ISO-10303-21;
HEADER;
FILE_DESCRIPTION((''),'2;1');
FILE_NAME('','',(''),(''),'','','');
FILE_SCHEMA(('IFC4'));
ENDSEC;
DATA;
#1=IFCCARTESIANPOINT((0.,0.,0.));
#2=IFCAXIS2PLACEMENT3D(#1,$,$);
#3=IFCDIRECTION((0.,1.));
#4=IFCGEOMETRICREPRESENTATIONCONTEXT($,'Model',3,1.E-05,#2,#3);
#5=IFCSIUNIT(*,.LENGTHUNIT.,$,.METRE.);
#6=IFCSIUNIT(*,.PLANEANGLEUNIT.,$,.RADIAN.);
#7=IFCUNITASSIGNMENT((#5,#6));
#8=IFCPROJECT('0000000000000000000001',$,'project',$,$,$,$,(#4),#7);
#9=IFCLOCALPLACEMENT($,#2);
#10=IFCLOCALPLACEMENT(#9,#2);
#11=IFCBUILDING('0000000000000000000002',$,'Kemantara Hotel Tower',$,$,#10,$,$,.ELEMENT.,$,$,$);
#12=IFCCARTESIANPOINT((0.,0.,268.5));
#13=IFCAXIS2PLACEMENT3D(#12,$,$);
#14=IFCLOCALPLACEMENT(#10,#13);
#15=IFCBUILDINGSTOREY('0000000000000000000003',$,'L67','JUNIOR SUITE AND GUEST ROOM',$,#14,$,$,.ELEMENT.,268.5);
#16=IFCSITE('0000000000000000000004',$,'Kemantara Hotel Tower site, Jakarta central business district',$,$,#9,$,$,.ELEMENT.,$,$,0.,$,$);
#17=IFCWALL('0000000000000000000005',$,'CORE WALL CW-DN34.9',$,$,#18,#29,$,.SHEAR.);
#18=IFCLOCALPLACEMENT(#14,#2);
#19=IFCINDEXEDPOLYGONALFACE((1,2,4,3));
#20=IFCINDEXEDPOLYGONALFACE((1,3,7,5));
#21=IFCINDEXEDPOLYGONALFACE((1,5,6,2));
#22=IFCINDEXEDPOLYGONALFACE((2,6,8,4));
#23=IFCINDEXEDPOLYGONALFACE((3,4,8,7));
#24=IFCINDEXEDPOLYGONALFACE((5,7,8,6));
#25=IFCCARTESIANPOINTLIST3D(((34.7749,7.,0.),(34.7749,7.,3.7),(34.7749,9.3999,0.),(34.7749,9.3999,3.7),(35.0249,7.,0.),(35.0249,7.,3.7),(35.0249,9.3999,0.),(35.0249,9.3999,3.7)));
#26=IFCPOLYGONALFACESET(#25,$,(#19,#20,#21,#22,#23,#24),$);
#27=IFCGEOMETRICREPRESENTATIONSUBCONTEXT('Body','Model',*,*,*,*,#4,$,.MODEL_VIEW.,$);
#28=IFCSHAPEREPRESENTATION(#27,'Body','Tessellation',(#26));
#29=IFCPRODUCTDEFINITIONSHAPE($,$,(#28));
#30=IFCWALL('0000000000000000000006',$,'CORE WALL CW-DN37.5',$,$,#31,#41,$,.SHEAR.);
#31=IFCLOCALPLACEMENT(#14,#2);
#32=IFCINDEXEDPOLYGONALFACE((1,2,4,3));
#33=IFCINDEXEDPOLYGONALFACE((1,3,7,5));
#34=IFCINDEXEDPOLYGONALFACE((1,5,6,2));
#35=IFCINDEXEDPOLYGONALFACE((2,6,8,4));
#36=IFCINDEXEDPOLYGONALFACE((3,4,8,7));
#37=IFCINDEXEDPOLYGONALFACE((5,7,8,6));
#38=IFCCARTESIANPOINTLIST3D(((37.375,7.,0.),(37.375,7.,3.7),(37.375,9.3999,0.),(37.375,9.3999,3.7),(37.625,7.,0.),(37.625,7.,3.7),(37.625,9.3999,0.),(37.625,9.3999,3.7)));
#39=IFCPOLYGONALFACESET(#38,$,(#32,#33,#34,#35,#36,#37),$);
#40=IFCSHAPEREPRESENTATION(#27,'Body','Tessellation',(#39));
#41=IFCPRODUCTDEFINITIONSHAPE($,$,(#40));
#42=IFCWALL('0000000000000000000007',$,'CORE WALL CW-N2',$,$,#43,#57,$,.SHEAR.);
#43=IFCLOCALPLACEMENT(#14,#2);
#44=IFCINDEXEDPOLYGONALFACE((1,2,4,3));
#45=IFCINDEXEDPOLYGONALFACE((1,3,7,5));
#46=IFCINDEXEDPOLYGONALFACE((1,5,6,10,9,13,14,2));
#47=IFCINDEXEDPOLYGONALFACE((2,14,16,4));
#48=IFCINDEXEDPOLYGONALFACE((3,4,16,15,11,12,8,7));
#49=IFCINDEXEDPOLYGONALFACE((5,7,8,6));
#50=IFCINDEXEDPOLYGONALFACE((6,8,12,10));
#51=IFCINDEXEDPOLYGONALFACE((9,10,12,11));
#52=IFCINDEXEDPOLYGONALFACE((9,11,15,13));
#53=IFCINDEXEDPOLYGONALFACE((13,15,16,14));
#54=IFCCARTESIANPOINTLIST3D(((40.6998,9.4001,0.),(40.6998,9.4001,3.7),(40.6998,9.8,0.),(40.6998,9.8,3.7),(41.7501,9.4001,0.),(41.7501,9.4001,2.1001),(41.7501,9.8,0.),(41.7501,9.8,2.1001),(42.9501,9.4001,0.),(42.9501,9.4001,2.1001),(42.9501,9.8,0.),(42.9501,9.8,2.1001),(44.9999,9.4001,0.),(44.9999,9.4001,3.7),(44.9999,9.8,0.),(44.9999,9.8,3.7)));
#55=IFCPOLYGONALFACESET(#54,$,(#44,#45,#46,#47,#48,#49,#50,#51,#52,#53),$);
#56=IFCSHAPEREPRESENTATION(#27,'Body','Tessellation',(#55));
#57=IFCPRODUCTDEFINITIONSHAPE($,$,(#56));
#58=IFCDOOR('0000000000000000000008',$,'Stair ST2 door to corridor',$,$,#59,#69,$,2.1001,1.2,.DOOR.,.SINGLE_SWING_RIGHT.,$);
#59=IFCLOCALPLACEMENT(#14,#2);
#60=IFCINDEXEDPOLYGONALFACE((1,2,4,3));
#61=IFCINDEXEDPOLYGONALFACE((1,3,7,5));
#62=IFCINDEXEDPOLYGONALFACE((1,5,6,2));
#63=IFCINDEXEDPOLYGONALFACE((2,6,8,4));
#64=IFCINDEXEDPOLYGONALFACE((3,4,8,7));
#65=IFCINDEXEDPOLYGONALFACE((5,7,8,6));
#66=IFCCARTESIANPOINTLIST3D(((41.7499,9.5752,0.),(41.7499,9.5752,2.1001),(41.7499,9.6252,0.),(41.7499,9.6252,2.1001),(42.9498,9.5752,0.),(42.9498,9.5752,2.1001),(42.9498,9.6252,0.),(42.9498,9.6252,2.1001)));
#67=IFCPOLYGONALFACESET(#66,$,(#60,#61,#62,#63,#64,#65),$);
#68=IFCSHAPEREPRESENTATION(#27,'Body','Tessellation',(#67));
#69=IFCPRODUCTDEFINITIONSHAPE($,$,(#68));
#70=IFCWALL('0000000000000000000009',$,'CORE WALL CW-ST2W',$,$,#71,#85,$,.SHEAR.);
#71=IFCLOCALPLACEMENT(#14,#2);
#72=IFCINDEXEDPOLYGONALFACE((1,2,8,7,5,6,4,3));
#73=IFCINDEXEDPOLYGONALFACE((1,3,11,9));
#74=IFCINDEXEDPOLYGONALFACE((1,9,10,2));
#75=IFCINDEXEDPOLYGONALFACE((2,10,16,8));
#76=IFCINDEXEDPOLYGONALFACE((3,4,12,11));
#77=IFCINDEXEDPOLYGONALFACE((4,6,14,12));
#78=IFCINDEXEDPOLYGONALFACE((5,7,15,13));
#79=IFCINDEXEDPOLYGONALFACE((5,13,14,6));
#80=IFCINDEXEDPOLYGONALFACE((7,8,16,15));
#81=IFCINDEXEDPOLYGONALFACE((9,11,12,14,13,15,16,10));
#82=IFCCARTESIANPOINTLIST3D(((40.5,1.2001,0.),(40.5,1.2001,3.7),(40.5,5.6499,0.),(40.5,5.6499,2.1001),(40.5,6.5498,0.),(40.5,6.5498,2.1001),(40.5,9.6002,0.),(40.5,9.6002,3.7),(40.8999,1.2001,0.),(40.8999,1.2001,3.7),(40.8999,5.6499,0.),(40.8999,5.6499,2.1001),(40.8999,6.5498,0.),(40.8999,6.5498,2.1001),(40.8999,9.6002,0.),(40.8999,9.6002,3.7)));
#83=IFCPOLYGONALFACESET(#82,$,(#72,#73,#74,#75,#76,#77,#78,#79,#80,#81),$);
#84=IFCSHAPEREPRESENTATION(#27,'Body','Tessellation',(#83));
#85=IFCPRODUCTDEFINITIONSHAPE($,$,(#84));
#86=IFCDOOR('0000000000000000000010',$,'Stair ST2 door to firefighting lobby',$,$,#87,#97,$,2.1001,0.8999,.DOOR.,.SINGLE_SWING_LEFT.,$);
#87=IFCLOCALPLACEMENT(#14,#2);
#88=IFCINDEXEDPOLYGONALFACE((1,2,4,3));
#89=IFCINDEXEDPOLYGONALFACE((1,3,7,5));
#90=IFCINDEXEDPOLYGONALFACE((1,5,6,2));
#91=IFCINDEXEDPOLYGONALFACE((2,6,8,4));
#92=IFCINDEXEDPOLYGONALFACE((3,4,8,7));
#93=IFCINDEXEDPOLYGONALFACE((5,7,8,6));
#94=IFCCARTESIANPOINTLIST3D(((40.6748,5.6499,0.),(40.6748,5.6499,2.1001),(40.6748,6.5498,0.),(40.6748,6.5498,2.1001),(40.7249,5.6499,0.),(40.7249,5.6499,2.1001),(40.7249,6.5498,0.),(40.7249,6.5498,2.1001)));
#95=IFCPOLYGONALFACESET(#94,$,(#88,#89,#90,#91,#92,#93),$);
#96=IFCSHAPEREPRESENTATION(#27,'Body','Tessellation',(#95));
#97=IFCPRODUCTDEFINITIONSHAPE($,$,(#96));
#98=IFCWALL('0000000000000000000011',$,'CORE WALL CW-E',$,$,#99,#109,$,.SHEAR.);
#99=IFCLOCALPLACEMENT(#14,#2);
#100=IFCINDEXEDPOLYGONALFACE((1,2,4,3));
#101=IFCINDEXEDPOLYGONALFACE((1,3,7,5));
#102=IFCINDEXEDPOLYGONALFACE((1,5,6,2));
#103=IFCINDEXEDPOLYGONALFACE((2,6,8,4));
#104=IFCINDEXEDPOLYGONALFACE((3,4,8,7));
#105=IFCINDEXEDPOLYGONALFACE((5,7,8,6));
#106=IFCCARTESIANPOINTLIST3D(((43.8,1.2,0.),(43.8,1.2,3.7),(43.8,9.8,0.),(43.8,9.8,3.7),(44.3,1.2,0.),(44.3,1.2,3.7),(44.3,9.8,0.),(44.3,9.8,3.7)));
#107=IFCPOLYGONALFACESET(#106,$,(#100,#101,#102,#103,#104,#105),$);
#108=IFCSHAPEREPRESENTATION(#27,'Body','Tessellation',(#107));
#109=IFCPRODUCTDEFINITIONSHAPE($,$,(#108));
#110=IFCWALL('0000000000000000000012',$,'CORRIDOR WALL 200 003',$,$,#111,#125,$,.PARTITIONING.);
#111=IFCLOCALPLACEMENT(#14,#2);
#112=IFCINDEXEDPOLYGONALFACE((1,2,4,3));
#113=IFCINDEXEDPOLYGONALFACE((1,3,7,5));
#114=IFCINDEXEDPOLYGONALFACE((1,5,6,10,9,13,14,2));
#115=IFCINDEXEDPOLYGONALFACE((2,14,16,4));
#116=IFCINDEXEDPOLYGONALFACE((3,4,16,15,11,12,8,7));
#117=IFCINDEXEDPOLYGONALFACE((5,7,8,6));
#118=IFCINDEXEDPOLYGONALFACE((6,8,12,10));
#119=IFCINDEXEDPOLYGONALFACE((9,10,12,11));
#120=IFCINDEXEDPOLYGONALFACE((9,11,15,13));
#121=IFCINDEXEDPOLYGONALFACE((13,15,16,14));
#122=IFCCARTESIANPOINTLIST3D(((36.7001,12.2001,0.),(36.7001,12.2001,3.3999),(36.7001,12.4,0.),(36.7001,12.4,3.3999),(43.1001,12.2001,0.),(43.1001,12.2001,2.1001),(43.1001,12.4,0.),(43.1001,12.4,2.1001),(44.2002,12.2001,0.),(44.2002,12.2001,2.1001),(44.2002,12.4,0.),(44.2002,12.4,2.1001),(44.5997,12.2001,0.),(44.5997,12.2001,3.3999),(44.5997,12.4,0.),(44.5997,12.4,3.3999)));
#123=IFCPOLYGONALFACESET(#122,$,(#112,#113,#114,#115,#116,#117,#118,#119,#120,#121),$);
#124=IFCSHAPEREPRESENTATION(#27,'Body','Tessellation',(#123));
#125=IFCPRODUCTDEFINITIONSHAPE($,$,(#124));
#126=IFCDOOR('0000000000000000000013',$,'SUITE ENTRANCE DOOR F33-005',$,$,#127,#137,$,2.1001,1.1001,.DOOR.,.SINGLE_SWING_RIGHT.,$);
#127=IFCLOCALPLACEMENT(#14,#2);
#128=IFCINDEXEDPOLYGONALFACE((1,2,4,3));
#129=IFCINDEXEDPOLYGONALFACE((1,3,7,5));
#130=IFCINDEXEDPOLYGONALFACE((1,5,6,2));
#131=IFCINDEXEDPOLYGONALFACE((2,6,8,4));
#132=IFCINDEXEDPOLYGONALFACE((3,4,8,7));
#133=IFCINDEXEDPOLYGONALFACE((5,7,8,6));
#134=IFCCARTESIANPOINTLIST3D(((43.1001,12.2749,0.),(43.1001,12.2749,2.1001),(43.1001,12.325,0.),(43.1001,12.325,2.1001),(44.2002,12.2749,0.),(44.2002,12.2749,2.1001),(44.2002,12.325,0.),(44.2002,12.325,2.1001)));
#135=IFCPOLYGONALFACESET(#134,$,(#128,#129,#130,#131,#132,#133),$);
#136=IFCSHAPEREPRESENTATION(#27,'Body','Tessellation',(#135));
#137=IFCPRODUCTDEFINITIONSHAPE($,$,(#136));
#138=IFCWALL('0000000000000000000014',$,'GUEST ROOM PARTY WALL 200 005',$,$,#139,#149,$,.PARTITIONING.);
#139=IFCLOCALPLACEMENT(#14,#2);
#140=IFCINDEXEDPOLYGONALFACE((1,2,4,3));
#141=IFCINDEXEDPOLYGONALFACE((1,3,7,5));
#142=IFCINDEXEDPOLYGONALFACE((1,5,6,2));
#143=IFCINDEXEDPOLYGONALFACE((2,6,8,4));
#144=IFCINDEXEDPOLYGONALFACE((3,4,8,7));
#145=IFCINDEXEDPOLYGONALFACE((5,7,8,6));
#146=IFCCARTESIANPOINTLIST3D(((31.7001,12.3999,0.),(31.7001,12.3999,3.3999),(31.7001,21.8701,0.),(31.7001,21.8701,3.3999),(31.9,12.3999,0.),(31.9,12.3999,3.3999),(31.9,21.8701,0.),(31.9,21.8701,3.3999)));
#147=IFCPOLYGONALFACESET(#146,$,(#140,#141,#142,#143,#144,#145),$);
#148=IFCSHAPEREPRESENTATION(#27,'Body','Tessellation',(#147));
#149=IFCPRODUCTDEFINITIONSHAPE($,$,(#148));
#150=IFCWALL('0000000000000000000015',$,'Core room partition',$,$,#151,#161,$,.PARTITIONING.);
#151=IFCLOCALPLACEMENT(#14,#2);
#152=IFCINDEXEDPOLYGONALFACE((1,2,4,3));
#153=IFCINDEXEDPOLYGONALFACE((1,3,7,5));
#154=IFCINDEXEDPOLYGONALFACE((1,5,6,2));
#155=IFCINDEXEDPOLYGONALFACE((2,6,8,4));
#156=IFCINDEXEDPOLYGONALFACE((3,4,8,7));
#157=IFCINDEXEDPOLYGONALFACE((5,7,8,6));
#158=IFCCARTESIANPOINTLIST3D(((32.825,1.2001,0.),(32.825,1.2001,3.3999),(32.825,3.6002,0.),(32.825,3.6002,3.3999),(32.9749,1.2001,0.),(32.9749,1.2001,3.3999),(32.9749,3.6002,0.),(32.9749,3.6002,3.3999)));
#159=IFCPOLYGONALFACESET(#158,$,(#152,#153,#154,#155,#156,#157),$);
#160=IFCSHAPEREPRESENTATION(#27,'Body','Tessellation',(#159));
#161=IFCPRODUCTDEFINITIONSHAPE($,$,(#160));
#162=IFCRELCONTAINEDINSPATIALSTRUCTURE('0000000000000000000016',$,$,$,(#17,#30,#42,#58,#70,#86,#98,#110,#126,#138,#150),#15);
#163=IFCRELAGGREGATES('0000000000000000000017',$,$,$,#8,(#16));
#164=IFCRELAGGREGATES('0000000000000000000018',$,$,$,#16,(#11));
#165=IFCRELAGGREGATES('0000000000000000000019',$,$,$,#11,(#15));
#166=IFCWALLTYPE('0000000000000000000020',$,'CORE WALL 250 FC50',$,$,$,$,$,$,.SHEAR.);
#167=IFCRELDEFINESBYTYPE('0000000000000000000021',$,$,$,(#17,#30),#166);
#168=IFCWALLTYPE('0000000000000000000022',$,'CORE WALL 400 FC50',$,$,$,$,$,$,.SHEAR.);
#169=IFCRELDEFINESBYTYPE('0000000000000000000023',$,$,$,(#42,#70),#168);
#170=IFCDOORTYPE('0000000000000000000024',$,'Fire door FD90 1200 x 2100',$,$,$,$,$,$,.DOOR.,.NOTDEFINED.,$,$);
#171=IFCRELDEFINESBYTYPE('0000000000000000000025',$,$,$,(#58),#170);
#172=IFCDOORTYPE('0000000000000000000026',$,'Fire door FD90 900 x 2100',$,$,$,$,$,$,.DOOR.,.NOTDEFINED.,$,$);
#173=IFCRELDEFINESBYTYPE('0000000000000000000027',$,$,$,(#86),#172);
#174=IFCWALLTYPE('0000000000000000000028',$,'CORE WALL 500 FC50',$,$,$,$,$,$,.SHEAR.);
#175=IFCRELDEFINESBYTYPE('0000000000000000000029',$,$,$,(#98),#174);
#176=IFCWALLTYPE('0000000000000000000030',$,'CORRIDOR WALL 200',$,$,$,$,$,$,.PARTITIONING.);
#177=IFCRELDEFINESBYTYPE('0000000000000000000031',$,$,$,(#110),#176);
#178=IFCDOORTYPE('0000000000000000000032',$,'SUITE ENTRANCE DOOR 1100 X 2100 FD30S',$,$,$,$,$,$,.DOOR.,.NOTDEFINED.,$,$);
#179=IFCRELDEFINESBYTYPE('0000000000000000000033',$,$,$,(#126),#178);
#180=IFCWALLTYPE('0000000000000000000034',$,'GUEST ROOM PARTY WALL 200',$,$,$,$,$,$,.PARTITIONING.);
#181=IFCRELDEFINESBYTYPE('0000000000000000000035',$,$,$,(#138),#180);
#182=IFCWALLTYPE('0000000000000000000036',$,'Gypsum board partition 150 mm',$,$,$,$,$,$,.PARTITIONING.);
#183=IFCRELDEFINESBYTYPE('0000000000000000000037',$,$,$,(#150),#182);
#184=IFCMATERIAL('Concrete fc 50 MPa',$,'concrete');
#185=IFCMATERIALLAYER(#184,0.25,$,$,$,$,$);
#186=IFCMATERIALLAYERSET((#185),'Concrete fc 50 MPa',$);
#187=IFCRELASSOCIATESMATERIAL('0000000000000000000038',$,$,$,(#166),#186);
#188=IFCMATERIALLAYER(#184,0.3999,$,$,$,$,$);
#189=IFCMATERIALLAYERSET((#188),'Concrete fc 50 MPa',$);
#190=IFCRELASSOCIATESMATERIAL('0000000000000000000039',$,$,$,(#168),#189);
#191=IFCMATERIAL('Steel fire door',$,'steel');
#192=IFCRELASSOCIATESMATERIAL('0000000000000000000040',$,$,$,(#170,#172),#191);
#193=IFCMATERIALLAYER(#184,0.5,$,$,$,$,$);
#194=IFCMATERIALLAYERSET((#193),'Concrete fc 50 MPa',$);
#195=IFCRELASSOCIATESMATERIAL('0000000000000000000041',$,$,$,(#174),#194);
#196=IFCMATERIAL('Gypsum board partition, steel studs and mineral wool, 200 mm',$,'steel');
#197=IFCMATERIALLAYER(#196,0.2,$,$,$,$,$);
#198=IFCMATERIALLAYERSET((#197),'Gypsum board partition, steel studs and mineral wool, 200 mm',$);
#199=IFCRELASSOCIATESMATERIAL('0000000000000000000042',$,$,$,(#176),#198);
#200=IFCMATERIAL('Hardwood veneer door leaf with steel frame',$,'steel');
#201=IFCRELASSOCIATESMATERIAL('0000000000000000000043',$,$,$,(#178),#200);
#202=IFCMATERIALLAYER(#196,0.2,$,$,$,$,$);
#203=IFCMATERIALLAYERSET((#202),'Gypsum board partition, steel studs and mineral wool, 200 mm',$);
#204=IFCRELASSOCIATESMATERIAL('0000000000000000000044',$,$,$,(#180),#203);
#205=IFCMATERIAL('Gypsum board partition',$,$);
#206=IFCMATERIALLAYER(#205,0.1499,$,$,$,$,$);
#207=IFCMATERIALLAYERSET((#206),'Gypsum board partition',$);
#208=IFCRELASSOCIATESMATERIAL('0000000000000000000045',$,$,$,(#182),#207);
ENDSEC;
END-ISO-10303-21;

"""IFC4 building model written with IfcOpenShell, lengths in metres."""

from ifc_helpers import new_model, si_unit, direction, frame, frame_2d, origin, place, context, subcontext, project, spatial, rectangle, extrude, material, layer, layer_set, type_object, element, fill, save


model = new_model("IFC4")

# Units and contexts
model_context = context("Model", 3, precision=1e-05, world=origin(), true_north=direction((0.0, 1.0)))
body_context = subcontext(model_context, "Body", "Model", "MODEL_VIEW")
ifc_project = project(units=[si_unit("LENGTHUNIT", "METRE"), si_unit("PLANEANGLEUNIT", "RADIAN")], contexts=[model_context])

# Site, building, storey
site_placement = place(None, origin())
site = spatial("IfcSite", under=ifc_project, at=site_placement, Name="Kemantara Hotel Tower site, Jakarta central business district", CompositionType="ELEMENT", RefElevation=0.0)
building_placement = place(site_placement, origin())
building = spatial("IfcBuilding", under=site, at=building_placement, Name="Kemantara Hotel Tower", CompositionType="ELEMENT")
storey_placement = place(building_placement, frame((0.0, 0.0, 268.5)))
storey = spatial("IfcBuildingStorey", under=building, at=storey_placement, Name="L67", Description="JUNIOR SUITE AND GUEST ROOM", CompositionType="ELEMENT", Elevation=268.5)

# Shared definitions
ifc_material_1 = material(Name="Concrete fc 50 MPa", Category="concrete")

# Walls
ifc_layer_1 = layer(ifc_material_1, 0.25)
ifc_layer_set_1 = layer_set([ifc_layer_1], Name="Concrete fc 50 MPa")
wall_type_1 = type_object("IfcWallType", Name="CORE WALL 250 FC50", PredefinedType="SHEAR", material=ifc_layer_set_1)
for number, where, z_axis, x_axis, name in (
    (1, (34.8999, 7.0, 0.0), (0.0, 0.0, 1.0), (0.0, 1.0, 0.0), "CORE WALL CW-DN34.9"),
    (2, (37.5, 7.0, 0.0), (0.0, 0.0, 1.0), (0.0, 1.0, 0.0), "CORE WALL CW-DN37.5"),
):
    element("IfcWall", number, at=place(storey_placement, frame(where, z_axis=z_axis, x_axis=x_axis)), inside=storey, type_object=wall_type_1, Name=name, PredefinedType="SHEAR", context=body_context, shape_type="SweptSolid", body=[
        extrude(rectangle(XDim=2.3999, YDim=0.25, at=frame_2d((1.2, 0.0))), origin(), (0.0, 0.0, 1.0), 3.7),
    ])

# Walls, openings, doors
ifc_layer_2 = layer(ifc_material_1, 0.3999)
ifc_layer_set_2 = layer_set([ifc_layer_2], Name="Concrete fc 50 MPa")
wall_type_2 = type_object("IfcWallType", Name="CORE WALL 400 FC50", PredefinedType="SHEAR", material=ifc_layer_set_2)
wall_1_placement = place(storey_placement, frame((40.7, 9.6001, 0.0), z_axis=(0.0, 0.0, 1.0), x_axis=(1.0, 0.0, 0.0)))
wall_1 = element("IfcWall", 3, at=wall_1_placement, inside=storey, type_object=wall_type_2, Name="CORE WALL CW-N2", PredefinedType="SHEAR", context=body_context, shape_type="SweptSolid", body=[
    extrude(rectangle(XDim=4.3, YDim=0.3999, at=frame_2d((2.1499, 0.0))), origin(), (0.0, 0.0, 1.0), 3.7),
])
opening_1_placement = place(wall_1_placement, frame((1.05, 0.0, 0.0)))
opening_1 = element("IfcOpeningElement", 4, at=opening_1_placement, cuts=wall_1, PredefinedType="OPENING", context=body_context, shape_type="SweptSolid", body=[
    extrude(rectangle(XDim=1.2, YDim=2.1001, at=frame_2d((0.6001, 1.05))), frame((0.0, 0.21, 0.0), z_axis=(0.0, -1.0, 0.0), x_axis=(1.0, 0.0, 0.0)), (0.0, 0.0, 1.0), 0.4199),
])
ifc_material_2 = material(Name="Steel fire door", Category="steel")
door_type_1 = type_object("IfcDoorType", Name="Fire door FD90 1200 x 2100", OperationType="NOTDEFINED", PredefinedType="DOOR", material=ifc_material_2)
door_1_placement = place(opening_1_placement, frame((1.2, 0.0, 0.0), z_axis=(0.0, 0.0, 1.0), x_axis=(-1.0, 0.0, 0.0)))
door_1 = element("IfcDoor", 5, at=door_1_placement, inside=storey, type_object=door_type_1, Name="Stair ST2 door to corridor", OperationType="SINGLE_SWING_RIGHT", OverallHeight=2.1001, OverallWidth=1.2, PredefinedType="DOOR", context=body_context, shape_type="SweptSolid", body=[
    extrude(rectangle(XDim=1.2, YDim=2.1001, at=frame_2d((0.6001, 1.05))), frame((0.0, 0.0249, 0.0), z_axis=(0.0, -1.0, 0.0), x_axis=(1.0, 0.0, 0.0)), (0.0, 0.0, 1.0), 0.05),
])
fill(opening_1, door_1)
wall_2_placement = place(storey_placement, frame((40.7, 1.2, 0.0), z_axis=(0.0, 0.0, 1.0), x_axis=(0.0, 1.0, 0.0)))
wall_2 = element("IfcWall", 6, at=wall_2_placement, inside=storey, type_object=wall_type_2, Name="CORE WALL CW-ST2W", PredefinedType="SHEAR", context=body_context, shape_type="SweptSolid", body=[
    extrude(rectangle(XDim=8.4001, YDim=0.3999, at=frame_2d((4.2002, 0.0))), origin(), (0.0, 0.0, 1.0), 3.7),
])
opening_2_placement = place(wall_2_placement, frame((4.45, 0.0, 0.0)))
opening_2 = element("IfcOpeningElement", 7, at=opening_2_placement, cuts=wall_2, PredefinedType="OPENING", context=body_context, shape_type="SweptSolid", body=[
    extrude(rectangle(XDim=0.8999, YDim=2.1001, at=frame_2d((0.45, 1.05))), frame((0.0, 0.21, 0.0), z_axis=(0.0, -1.0, 0.0), x_axis=(1.0, 0.0, 0.0)), (0.0, 0.0, 1.0), 0.4199),
])
door_type_2 = type_object("IfcDoorType", Name="Fire door FD90 900 x 2100", OperationType="NOTDEFINED", PredefinedType="DOOR", material=ifc_material_2)
door_2_placement = place(opening_2_placement, frame((0.8999, 0.0, 0.0), z_axis=(0.0, 0.0, 1.0), x_axis=(-1.0, 0.0, 0.0)))
door_2 = element("IfcDoor", 8, at=door_2_placement, inside=storey, type_object=door_type_2, Name="Stair ST2 door to firefighting lobby", OperationType="SINGLE_SWING_LEFT", OverallHeight=2.1001, OverallWidth=0.8999, PredefinedType="DOOR", context=body_context, shape_type="SweptSolid", body=[
    extrude(rectangle(XDim=0.8999, YDim=2.1001, at=frame_2d((0.45, 1.05))), frame((0.0, 0.0249, 0.0), z_axis=(0.0, -1.0, 0.0), x_axis=(1.0, 0.0, 0.0)), (0.0, 0.0, 1.0), 0.05),
])
fill(opening_2, door_2)

# Wall
ifc_layer_3 = layer(ifc_material_1, 0.5)
ifc_layer_set_3 = layer_set([ifc_layer_3], Name="Concrete fc 50 MPa")
wall_type_3 = type_object("IfcWallType", Name="CORE WALL 500 FC50", PredefinedType="SHEAR", material=ifc_layer_set_3)
wall_3_placement = place(storey_placement, frame((44.05, 1.2, 0.0), z_axis=(0.0, 0.0, 1.0), x_axis=(0.0, 1.0, 0.0)))
element("IfcWall", 9, at=wall_3_placement, inside=storey, type_object=wall_type_3, Name="CORE WALL CW-E", PredefinedType="SHEAR", context=body_context, shape_type="SweptSolid", body=[
    extrude(rectangle(XDim=8.6001, YDim=0.5, at=frame_2d((4.3, 0.0))), origin(), (0.0, 0.0, 1.0), 3.7),
])

# Wall, opening, door
ifc_material_3 = material(Name="Gypsum board partition, steel studs and mineral wool, 200 mm", Category="steel")
ifc_layer_4 = layer(ifc_material_3, 0.2)
ifc_layer_set_4 = layer_set([ifc_layer_4], Name="Gypsum board partition, steel studs and mineral wool, 200 mm")
wall_type_4 = type_object("IfcWallType", Name="CORRIDOR WALL 200", PredefinedType="PARTITIONING", material=ifc_layer_set_4)
wall_4_placement = place(storey_placement, frame((36.7002, 12.3, 0.0), z_axis=(0.0, 0.0, 1.0), x_axis=(1.0, 0.0, 0.0)))
wall_4 = element("IfcWall", 10, at=wall_4_placement, inside=storey, type_object=wall_type_4, Name="CORRIDOR WALL 200 003", PredefinedType="PARTITIONING", context=body_context, shape_type="SweptSolid", body=[
    extrude(rectangle(XDim=7.8997, YDim=0.2, at=frame_2d((3.9497, 0.0))), origin(), (0.0, 0.0, 1.0), 3.3999),
])
opening_3_placement = place(wall_4_placement, frame((6.3999, 0.0, 0.0)))
opening_3 = element("IfcOpeningElement", 11, at=opening_3_placement, cuts=wall_4, PredefinedType="OPENING", context=body_context, shape_type="SweptSolid", body=[
    extrude(rectangle(XDim=1.1001, YDim=2.1001, at=frame_2d((0.55, 1.05))), frame((0.0, 0.1099, 0.0), z_axis=(0.0, -1.0, 0.0), x_axis=(1.0, 0.0, 0.0)), (0.0, 0.0, 1.0), 0.22),
])
ifc_material_4 = material(Name="Hardwood veneer door leaf with steel frame", Category="steel")
door_type_3 = type_object("IfcDoorType", Name="SUITE ENTRANCE DOOR 1100 X 2100 FD30S", OperationType="NOTDEFINED", PredefinedType="DOOR", material=ifc_material_4)
door_3_placement = place(opening_3_placement, origin())
door_3 = element("IfcDoor", 12, at=door_3_placement, inside=storey, type_object=door_type_3, Name="SUITE ENTRANCE DOOR F33-005", OperationType="SINGLE_SWING_RIGHT", OverallHeight=2.1001, OverallWidth=1.1001, PredefinedType="DOOR", context=body_context, shape_type="SweptSolid", body=[
    extrude(rectangle(XDim=1.1001, YDim=2.1001, at=frame_2d((0.55, 1.05))), frame((0.0, 0.0249, 0.0), z_axis=(0.0, -1.0, 0.0), x_axis=(1.0, 0.0, 0.0)), (0.0, 0.0, 1.0), 0.05),
])
fill(opening_3, door_3)

# Walls
ifc_layer_5 = layer(ifc_material_3, 0.2)
ifc_layer_set_5 = layer_set([ifc_layer_5], Name="Gypsum board partition, steel studs and mineral wool, 200 mm")
wall_type_5 = type_object("IfcWallType", Name="GUEST ROOM PARTY WALL 200", PredefinedType="PARTITIONING", material=ifc_layer_set_5)
wall_5_placement = place(storey_placement, frame((31.8, 12.3999, 0.0), z_axis=(0.0, 0.0, 1.0), x_axis=(0.0, 1.0, 0.0)))
element("IfcWall", 13, at=wall_5_placement, inside=storey, type_object=wall_type_5, Name="GUEST ROOM PARTY WALL 200 005", PredefinedType="PARTITIONING", context=body_context, shape_type="SweptSolid", body=[
    extrude(rectangle(XDim=9.4702, YDim=0.2, at=frame_2d((4.7351, 0.0))), origin(), (0.0, 0.0, 1.0), 3.3999),
])
ifc_material_5 = material(Name="Gypsum board partition")
ifc_layer_6 = layer(ifc_material_5, 0.1499)
ifc_layer_set_6 = layer_set([ifc_layer_6], Name="Gypsum board partition")
wall_type_6 = type_object("IfcWallType", Name="Gypsum board partition 150 mm", PredefinedType="PARTITIONING", material=ifc_layer_set_6)
wall_6_placement = place(storey_placement, frame((32.8999, 1.2, 0.0), z_axis=(0.0, 0.0, 1.0), x_axis=(0.0, 1.0, 0.0)))
element("IfcWall", 14, at=wall_6_placement, inside=storey, type_object=wall_type_6, Name="Core room partition", PredefinedType="PARTITIONING", context=body_context, shape_type="SweptSolid", body=[
    extrude(rectangle(XDim=2.4001, YDim=0.1499, at=frame_2d((1.2002, 0.0))), origin(), (0.0, 0.0, 1.0), 3.3999),
])

save(model, "model.ifc")
